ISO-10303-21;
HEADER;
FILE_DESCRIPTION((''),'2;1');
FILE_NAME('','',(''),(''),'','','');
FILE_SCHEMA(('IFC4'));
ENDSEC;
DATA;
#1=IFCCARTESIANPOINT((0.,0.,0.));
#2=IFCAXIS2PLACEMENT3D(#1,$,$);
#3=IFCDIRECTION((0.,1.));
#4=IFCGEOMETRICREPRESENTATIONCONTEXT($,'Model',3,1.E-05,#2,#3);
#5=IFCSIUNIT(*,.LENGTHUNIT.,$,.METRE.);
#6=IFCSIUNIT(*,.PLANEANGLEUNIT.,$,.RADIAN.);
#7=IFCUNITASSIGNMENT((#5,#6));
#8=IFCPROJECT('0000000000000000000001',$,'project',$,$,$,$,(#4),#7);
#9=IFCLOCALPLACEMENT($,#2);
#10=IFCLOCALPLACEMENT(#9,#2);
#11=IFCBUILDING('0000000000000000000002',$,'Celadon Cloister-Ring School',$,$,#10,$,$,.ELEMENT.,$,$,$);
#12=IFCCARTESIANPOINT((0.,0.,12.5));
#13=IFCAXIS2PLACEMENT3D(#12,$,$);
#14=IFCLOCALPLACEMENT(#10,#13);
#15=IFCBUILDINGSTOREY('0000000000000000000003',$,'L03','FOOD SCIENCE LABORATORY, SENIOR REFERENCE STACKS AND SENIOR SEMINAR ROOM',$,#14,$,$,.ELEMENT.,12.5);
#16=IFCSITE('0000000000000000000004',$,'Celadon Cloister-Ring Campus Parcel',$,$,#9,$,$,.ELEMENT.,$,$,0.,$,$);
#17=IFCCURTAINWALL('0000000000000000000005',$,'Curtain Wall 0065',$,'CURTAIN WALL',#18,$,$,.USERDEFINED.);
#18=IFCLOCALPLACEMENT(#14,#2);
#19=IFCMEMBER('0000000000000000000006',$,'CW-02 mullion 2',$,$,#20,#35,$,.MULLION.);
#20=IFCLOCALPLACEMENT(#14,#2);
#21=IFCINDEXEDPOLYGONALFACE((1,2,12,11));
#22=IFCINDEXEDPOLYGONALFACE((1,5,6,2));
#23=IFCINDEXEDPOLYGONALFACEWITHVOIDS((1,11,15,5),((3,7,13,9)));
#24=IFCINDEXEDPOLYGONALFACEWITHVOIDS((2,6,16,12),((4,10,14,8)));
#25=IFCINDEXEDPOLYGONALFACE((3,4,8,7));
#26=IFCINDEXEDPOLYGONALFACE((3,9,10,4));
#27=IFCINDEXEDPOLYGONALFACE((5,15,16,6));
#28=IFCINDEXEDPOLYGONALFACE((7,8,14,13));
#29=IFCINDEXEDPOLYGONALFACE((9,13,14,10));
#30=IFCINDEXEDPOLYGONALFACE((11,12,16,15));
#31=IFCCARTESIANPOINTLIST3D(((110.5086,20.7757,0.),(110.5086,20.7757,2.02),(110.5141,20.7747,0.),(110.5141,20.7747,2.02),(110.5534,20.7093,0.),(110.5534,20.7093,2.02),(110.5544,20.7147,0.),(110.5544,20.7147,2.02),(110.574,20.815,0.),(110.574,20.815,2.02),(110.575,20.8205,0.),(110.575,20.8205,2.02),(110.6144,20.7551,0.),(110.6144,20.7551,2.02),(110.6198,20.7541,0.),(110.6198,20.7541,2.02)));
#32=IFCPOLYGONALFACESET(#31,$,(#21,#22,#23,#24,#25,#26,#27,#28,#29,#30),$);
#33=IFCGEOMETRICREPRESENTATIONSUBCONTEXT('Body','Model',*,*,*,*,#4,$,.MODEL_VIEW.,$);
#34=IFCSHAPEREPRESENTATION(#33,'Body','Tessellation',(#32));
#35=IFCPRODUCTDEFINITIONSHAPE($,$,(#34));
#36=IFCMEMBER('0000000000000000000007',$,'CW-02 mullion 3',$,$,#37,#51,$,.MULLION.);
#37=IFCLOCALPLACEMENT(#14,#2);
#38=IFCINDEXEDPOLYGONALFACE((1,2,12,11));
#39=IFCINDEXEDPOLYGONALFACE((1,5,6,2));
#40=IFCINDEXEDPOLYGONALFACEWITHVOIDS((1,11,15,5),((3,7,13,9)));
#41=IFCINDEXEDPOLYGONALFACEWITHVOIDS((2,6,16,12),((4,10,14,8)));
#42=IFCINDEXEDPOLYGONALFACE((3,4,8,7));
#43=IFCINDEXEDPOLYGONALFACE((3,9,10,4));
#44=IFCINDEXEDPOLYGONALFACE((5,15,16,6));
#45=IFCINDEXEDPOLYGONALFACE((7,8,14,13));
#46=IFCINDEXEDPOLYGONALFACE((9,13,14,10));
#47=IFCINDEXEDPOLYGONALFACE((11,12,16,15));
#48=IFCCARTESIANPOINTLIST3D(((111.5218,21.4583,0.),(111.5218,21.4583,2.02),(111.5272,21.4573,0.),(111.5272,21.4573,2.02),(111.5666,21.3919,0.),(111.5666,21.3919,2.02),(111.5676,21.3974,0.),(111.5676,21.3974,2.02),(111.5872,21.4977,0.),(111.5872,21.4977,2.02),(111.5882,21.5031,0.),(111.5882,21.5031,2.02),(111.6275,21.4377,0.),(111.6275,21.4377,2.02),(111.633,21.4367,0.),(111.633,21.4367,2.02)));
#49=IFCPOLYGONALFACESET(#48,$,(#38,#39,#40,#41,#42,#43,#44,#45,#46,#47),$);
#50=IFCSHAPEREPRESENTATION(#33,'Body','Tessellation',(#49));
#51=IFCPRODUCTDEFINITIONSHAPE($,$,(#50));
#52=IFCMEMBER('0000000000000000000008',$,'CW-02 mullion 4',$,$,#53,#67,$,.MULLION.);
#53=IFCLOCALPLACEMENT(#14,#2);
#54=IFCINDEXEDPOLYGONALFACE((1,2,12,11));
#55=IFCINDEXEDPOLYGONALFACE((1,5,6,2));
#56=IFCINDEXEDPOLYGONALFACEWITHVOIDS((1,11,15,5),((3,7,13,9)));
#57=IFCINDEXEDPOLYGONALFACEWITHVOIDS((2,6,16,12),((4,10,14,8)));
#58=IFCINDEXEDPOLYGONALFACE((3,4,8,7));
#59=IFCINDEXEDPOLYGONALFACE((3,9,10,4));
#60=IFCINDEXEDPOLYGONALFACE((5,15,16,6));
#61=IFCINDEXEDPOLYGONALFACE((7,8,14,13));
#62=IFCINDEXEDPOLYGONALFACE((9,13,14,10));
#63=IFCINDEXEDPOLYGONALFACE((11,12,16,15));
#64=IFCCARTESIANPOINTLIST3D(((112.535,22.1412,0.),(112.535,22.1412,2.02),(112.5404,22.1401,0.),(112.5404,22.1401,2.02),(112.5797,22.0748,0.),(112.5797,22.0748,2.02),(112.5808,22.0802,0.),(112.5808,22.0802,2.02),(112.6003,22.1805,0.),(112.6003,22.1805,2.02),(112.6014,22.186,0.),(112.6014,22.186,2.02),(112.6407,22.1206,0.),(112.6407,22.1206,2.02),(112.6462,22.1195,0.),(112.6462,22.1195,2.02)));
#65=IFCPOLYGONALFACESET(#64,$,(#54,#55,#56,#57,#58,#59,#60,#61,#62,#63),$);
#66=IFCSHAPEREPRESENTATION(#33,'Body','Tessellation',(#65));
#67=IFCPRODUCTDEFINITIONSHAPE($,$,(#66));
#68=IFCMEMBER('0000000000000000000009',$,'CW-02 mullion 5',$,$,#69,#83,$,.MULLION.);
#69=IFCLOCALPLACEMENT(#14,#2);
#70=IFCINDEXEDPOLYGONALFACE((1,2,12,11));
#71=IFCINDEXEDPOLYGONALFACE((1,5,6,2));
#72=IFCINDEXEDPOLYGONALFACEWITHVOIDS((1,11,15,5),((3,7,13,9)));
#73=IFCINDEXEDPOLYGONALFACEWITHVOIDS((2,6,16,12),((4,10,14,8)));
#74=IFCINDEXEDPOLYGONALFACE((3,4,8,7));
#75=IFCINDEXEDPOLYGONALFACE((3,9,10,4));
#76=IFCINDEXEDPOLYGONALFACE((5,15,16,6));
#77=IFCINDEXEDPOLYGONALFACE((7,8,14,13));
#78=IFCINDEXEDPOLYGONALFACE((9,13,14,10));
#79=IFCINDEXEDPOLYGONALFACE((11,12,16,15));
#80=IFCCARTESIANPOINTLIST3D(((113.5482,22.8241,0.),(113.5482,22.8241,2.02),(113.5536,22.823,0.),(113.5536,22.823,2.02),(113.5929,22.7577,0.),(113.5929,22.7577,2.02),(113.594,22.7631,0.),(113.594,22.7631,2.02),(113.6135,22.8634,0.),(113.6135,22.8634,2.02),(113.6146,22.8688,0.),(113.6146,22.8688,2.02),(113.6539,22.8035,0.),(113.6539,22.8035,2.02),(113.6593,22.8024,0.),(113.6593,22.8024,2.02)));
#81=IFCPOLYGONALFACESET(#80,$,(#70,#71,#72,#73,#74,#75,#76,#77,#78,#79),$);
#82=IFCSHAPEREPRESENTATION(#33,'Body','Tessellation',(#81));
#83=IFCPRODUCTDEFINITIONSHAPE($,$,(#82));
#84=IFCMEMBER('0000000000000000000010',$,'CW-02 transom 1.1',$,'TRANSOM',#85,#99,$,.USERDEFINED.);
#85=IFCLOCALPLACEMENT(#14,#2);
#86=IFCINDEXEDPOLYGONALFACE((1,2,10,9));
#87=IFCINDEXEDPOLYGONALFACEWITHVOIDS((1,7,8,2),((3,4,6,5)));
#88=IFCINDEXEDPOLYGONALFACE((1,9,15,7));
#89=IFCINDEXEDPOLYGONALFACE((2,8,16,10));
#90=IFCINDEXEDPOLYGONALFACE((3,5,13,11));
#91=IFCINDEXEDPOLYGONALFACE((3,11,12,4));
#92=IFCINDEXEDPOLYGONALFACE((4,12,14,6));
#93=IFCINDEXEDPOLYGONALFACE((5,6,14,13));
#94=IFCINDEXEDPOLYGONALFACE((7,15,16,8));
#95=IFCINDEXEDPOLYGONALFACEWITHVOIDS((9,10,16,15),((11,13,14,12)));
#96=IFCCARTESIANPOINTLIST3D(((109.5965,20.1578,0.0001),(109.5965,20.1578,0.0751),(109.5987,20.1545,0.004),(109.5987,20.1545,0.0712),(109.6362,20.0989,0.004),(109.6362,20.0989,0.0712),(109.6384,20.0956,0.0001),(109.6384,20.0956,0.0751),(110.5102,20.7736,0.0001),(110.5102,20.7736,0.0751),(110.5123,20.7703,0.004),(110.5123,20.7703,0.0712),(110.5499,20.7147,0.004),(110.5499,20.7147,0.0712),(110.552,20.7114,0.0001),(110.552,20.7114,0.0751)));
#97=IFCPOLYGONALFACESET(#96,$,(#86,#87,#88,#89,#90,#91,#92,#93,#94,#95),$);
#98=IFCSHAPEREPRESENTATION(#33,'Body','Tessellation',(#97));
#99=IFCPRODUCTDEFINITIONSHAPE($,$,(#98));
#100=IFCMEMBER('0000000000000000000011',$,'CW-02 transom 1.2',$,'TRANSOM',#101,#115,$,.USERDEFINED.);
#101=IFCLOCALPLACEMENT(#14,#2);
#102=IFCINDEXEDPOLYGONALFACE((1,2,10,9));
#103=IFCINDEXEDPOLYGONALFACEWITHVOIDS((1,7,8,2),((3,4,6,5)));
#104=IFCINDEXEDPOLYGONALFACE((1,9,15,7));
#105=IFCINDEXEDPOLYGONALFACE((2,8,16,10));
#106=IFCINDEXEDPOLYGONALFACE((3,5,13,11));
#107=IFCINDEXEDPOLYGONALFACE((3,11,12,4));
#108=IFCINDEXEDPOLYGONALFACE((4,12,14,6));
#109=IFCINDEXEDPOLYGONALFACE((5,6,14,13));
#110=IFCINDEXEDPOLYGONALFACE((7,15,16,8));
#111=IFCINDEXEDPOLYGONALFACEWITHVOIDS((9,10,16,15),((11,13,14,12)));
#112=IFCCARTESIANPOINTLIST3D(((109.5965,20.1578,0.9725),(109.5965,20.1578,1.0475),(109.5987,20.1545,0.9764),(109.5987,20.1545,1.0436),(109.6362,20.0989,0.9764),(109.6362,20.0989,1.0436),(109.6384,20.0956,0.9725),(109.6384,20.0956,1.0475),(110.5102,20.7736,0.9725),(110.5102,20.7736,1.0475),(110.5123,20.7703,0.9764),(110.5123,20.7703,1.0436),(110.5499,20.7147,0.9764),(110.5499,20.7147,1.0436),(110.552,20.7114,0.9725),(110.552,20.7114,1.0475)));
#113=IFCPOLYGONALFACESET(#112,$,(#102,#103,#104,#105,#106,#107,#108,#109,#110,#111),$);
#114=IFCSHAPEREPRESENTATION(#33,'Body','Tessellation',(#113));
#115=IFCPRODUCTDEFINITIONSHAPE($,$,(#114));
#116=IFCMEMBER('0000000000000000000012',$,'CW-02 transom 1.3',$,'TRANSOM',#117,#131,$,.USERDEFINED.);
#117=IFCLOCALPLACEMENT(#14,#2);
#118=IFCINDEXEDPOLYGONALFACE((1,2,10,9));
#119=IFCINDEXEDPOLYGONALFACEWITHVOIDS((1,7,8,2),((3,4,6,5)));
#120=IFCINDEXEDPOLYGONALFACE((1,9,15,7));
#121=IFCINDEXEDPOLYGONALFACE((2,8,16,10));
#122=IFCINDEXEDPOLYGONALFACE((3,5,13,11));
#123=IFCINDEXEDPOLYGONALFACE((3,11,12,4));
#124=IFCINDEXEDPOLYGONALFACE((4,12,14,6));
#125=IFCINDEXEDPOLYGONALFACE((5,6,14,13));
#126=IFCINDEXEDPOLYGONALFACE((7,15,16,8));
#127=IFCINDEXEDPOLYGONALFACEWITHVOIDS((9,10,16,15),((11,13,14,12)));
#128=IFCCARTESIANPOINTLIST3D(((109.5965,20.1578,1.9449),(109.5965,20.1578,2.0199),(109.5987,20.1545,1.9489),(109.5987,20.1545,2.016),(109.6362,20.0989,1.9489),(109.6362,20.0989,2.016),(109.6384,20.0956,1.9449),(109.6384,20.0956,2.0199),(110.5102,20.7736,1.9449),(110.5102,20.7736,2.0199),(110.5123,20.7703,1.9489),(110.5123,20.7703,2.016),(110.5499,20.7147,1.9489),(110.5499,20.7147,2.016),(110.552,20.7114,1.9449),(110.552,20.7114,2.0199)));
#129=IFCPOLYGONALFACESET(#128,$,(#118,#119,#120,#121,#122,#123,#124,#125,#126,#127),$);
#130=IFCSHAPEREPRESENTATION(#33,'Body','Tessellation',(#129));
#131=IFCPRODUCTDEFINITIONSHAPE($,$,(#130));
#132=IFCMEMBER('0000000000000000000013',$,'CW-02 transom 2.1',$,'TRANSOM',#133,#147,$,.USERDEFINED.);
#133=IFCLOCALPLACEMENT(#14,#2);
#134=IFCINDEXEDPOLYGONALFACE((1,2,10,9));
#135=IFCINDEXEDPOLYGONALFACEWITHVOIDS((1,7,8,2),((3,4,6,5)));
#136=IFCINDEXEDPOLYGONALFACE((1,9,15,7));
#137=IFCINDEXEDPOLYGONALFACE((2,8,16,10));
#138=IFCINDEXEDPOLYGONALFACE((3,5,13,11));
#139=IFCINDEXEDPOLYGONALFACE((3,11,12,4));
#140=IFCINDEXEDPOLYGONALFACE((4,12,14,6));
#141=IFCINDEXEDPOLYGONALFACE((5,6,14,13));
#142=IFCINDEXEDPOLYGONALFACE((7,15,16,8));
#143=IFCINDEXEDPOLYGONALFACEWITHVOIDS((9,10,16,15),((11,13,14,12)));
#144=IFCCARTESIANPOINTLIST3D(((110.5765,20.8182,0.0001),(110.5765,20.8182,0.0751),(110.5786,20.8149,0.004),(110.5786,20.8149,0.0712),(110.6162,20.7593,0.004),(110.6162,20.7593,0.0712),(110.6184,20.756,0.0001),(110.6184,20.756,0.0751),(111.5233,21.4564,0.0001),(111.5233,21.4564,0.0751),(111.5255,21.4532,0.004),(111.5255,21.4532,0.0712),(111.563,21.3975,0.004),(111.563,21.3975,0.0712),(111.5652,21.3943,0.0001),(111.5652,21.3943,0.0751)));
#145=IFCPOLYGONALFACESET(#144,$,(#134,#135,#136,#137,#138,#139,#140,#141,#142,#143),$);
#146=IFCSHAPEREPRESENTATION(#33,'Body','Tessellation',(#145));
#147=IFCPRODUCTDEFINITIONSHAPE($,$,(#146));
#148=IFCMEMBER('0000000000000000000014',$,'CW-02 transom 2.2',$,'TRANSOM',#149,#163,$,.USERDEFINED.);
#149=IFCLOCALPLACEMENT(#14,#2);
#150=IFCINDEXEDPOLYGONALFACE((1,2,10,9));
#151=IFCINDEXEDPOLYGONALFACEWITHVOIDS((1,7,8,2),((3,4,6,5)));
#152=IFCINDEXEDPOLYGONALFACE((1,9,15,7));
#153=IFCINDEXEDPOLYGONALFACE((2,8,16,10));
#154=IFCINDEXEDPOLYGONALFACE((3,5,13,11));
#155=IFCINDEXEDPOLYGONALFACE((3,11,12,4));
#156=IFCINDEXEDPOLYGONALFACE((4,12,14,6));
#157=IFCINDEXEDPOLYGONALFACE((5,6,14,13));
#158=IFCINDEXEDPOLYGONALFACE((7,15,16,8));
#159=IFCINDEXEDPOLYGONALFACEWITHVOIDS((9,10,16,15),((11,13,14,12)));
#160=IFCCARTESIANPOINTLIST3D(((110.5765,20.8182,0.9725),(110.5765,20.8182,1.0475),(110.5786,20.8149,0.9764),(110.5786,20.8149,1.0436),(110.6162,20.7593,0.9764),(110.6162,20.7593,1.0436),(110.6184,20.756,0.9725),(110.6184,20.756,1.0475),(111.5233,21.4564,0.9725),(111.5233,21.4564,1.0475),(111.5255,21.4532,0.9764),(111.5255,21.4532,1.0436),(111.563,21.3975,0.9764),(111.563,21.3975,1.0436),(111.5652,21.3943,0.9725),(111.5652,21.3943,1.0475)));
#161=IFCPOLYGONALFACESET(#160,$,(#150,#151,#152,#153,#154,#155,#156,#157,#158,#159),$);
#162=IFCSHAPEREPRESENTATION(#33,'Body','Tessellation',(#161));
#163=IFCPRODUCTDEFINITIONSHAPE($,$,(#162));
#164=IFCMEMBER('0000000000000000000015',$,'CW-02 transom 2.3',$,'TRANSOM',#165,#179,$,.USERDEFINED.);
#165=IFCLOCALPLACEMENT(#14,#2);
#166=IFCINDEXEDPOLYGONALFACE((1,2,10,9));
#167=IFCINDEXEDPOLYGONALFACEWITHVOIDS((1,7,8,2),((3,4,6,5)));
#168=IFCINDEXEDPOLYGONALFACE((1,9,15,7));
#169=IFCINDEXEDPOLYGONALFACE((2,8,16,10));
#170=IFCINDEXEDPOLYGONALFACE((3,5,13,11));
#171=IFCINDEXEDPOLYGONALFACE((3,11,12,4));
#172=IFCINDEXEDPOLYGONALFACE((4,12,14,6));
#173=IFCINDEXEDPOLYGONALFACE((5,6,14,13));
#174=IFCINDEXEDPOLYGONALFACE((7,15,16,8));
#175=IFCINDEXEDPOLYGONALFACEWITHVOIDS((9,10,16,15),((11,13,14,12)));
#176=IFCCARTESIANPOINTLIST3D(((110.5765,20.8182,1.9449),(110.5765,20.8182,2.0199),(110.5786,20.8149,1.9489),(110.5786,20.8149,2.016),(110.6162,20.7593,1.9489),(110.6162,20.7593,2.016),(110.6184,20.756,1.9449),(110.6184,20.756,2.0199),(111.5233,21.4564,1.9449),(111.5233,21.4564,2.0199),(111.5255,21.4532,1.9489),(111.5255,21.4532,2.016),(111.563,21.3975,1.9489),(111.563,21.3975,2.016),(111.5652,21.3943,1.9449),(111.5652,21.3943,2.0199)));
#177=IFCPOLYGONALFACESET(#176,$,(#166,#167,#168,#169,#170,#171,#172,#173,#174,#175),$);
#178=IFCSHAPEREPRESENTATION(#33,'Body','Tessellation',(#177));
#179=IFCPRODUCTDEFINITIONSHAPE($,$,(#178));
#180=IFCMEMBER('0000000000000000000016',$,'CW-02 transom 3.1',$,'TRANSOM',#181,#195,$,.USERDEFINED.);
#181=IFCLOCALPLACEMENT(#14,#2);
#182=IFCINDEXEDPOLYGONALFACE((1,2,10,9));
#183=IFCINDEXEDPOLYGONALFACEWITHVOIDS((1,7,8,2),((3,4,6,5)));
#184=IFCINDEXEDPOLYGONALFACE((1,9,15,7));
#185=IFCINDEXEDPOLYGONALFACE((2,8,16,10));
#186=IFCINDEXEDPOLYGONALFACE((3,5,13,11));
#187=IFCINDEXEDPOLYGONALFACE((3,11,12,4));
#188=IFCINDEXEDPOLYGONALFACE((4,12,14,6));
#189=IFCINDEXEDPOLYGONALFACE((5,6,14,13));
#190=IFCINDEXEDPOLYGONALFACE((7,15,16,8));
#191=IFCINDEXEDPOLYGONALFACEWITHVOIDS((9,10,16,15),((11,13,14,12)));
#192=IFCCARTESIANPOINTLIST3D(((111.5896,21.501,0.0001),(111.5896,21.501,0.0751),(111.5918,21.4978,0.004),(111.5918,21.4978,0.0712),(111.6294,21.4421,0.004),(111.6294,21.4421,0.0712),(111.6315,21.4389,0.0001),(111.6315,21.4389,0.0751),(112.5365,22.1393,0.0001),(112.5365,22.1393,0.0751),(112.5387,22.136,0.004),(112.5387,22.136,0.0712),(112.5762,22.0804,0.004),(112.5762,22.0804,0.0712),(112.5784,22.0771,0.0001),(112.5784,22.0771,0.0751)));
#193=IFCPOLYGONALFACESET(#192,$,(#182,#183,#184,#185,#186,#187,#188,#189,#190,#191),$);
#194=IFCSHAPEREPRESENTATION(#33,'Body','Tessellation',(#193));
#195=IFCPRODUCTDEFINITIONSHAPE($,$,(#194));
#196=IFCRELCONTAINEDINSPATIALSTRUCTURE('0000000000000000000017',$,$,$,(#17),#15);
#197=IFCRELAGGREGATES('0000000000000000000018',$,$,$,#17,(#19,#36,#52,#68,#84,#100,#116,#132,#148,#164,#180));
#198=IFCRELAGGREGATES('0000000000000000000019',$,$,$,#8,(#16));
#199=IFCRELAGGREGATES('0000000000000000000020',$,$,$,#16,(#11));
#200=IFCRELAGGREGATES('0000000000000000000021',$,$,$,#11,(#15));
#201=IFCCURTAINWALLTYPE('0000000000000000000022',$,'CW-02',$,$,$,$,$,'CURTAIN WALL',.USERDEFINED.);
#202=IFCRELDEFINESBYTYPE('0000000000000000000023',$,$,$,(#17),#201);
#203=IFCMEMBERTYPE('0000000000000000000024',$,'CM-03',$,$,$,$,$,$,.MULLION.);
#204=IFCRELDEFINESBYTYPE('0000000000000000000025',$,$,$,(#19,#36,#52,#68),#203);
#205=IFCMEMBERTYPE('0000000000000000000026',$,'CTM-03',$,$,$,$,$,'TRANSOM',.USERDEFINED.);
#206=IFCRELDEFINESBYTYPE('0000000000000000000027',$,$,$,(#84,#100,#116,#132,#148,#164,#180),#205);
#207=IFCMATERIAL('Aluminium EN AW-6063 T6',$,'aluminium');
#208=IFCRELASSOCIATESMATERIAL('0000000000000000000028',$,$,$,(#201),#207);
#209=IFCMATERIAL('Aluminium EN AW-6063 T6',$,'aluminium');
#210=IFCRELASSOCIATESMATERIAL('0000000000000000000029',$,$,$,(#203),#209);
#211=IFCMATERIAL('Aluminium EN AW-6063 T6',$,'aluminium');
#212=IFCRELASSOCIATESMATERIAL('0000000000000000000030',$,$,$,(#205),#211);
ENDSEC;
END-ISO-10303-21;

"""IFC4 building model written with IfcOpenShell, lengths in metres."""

from ifc_helpers import new_model, si_unit, direction, frame, origin, origin_2d, place, context, subcontext, project, spatial, hollow_rectangle, extrude, material, material_profile, profile_set, type_object, element, aggregate, save


model = new_model("IFC4")

# Units and contexts
model_context = context("Model", 3, precision=1e-05, world=origin(), true_north=direction((0.0, 1.0)))
body_context = subcontext(model_context, "Body", "Model", "MODEL_VIEW")
ifc_project = project(units=[si_unit("LENGTHUNIT", "METRE"), si_unit("PLANEANGLEUNIT", "RADIAN")], contexts=[model_context])

# Site, building, storey
site_placement = place(None, origin())
site = spatial("IfcSite", under=ifc_project, at=site_placement, Name="Celadon Cloister-Ring Campus Parcel", CompositionType="ELEMENT", RefElevation=0.0)
building_placement = place(site_placement, origin())
building = spatial("IfcBuilding", under=site, at=building_placement, Name="Celadon Cloister-Ring School", CompositionType="ELEMENT")
storey_placement = place(building_placement, frame((0.0, 0.0, 12.5)))
storey = spatial("IfcBuildingStorey", under=building, at=storey_placement, Name="L03", Description="FOOD SCIENCE LABORATORY, SENIOR REFERENCE STACKS AND SENIOR SEMINAR ROOM", CompositionType="ELEMENT", Elevation=12.5)

# Curtain wall, members
ifc_material_1 = material(Name="Aluminium EN AW-6063 T6", Category="aluminium")
curtain_wall_type = type_object("IfcCurtainWallType", Name="CW-02", ElementType="CURTAIN WALL", PredefinedType="USERDEFINED", material=ifc_material_1)
curtain_wall_placement = place(storey_placement, origin())
curtain_wall = element("IfcCurtainWall", 1, at=curtain_wall_placement, inside=storey, type_object=curtain_wall_type, Name="Curtain Wall 0065", ObjectType="CURTAIN WALL", PredefinedType="USERDEFINED")
ifc_material_2 = material(Name="Aluminium EN AW-6063 T6", Category="aluminium")
ifc_material_profile_1 = material_profile(ifc_material_2, hollow_rectangle(XDim=0.0801, YDim=0.0801, WallThickness=0.0039, at=origin_2d()), Name="RHS80X80X4")
ifc_profile_set_1 = profile_set([ifc_material_profile_1], Name="Aluminium EN AW-6063 T6")
member_type_1 = type_object("IfcMemberType", Name="CM-03", PredefinedType="MULLION", material=ifc_profile_set_1)
member_1_placement = place(storey_placement, frame((110.5642, 20.7649, 0.0), z_axis=(0.0, 0.0, 1.0), x_axis=(-0.558849, 0.82927, 0.0)))
member_1 = element("IfcMember", 2, at=member_1_placement, type_object=member_type_1, Name="CW-02 mullion 2", PredefinedType="MULLION", context=body_context, shape_type="SweptSolid", body=[
    extrude(hollow_rectangle(XDim=0.0801, YDim=0.0801, WallThickness=0.0039, at=origin_2d()), origin(), (0.0, 0.0, 1.0), 2.02),
])
member_2_placement = place(storey_placement, frame((111.5774, 21.4475, 0.0), z_axis=(0.0, 0.0, 1.0), x_axis=(-0.558849, 0.82927, 0.0)))
member_2 = element("IfcMember", 3, at=member_2_placement, type_object=member_type_1, Name="CW-02 mullion 3", PredefinedType="MULLION", context=body_context, shape_type="SweptSolid", body=[
    extrude(hollow_rectangle(XDim=0.0801, YDim=0.0801, WallThickness=0.0039, at=origin_2d()), origin(), (0.0, 0.0, 1.0), 2.02),
])
member_3_placement = place(storey_placement, frame((112.5906, 22.1304, 0.0), z_axis=(0.0, 0.0, 1.0), x_axis=(-0.558849, 0.82927, 0.0)))
member_3 = element("IfcMember", 4, at=member_3_placement, type_object=member_type_1, Name="CW-02 mullion 4", PredefinedType="MULLION", context=body_context, shape_type="SweptSolid", body=[
    extrude(hollow_rectangle(XDim=0.0801, YDim=0.0801, WallThickness=0.0039, at=origin_2d()), origin(), (0.0, 0.0, 1.0), 2.02),
])
member_4_placement = place(storey_placement, frame((113.6038, 22.8132, 0.0), z_axis=(0.0, 0.0, 1.0), x_axis=(-0.558849, 0.82927, 0.0)))
member_4 = element("IfcMember", 5, at=member_4_placement, type_object=member_type_1, Name="CW-02 mullion 5", PredefinedType="MULLION", context=body_context, shape_type="SweptSolid", body=[
    extrude(hollow_rectangle(XDim=0.0801, YDim=0.0801, WallThickness=0.0039, at=origin_2d()), origin(), (0.0, 0.0, 1.0), 2.02),
])
ifc_material_3 = material(Name="Aluminium EN AW-6063 T6", Category="aluminium")
ifc_material_profile_2 = material_profile(ifc_material_3, hollow_rectangle(XDim=0.075, YDim=0.075, WallThickness=0.0039, at=origin_2d()), Name="RHS75X75X4")
ifc_profile_set_2 = profile_set([ifc_material_profile_2], Name="Aluminium EN AW-6063 T6")
member_type_2 = type_object("IfcMemberType", Name="CTM-03", ElementType="TRANSOM", PredefinedType="USERDEFINED", material=ifc_profile_set_2)
member_5_placement = place(storey_placement, frame((109.6174, 20.1267, 0.0376), z_axis=(0.829244, 0.558887, 0.0), x_axis=(-0.558887, 0.829244, 0.0)))
member_5 = element("IfcMember", 6, at=member_5_placement, type_object=member_type_2, Name="CW-02 transom 1.1", ObjectType="TRANSOM", PredefinedType="USERDEFINED", context=body_context, shape_type="SweptSolid", body=[
    extrude(hollow_rectangle(XDim=0.075, YDim=0.075, WallThickness=0.0039, at=origin_2d()), origin(), (0.0, 0.0, 1.0), 1.1018),
])
member_6_placement = place(storey_placement, frame((109.6174, 20.1267, 1.01), z_axis=(0.829244, 0.558887, 0.0), x_axis=(-0.558887, 0.829244, 0.0)))
member_6 = element("IfcMember", 7, at=member_6_placement, type_object=member_type_2, Name="CW-02 transom 1.2", ObjectType="TRANSOM", PredefinedType="USERDEFINED", context=body_context, shape_type="SweptSolid", body=[
    extrude(hollow_rectangle(XDim=0.075, YDim=0.075, WallThickness=0.0039, at=origin_2d()), origin(), (0.0, 0.0, 1.0), 1.1018),
])
member_7_placement = place(storey_placement, frame((109.6174, 20.1267, 1.9824), z_axis=(0.829244, 0.558887, 0.0), x_axis=(-0.558887, 0.829244, 0.0)))
member_7 = element("IfcMember", 8, at=member_7_placement, type_object=member_type_2, Name="CW-02 transom 1.3", ObjectType="TRANSOM", PredefinedType="USERDEFINED", context=body_context, shape_type="SweptSolid", body=[
    extrude(hollow_rectangle(XDim=0.075, YDim=0.075, WallThickness=0.0039, at=origin_2d()), origin(), (0.0, 0.0, 1.0), 1.1018),
])
member_8_placement = place(storey_placement, frame((110.5974, 20.7871, 0.0376), z_axis=(0.82921, 0.558937, 0.0), x_axis=(-0.558937, 0.82921, 0.0)))
member_8 = element("IfcMember", 9, at=member_8_placement, type_object=member_type_2, Name="CW-02 transom 2.1", ObjectType="TRANSOM", PredefinedType="USERDEFINED", context=body_context, shape_type="SweptSolid", body=[
    extrude(hollow_rectangle(XDim=0.075, YDim=0.075, WallThickness=0.0039, at=origin_2d()), origin(), (0.0, 0.0, 1.0), 1.1418),
])
member_9_placement = place(storey_placement, frame((110.5974, 20.7871, 1.01), z_axis=(0.82921, 0.558937, 0.0), x_axis=(-0.558937, 0.82921, 0.0)))
member_9 = element("IfcMember", 10, at=member_9_placement, type_object=member_type_2, Name="CW-02 transom 2.2", ObjectType="TRANSOM", PredefinedType="USERDEFINED", context=body_context, shape_type="SweptSolid", body=[
    extrude(hollow_rectangle(XDim=0.075, YDim=0.075, WallThickness=0.0039, at=origin_2d()), origin(), (0.0, 0.0, 1.0), 1.1418),
])
member_10_placement = place(storey_placement, frame((110.5974, 20.7871, 1.9824), z_axis=(0.82921, 0.558937, 0.0), x_axis=(-0.558937, 0.82921, 0.0)))
member_10 = element("IfcMember", 11, at=member_10_placement, type_object=member_type_2, Name="CW-02 transom 2.3", ObjectType="TRANSOM", PredefinedType="USERDEFINED", context=body_context, shape_type="SweptSolid", body=[
    extrude(hollow_rectangle(XDim=0.075, YDim=0.075, WallThickness=0.0039, at=origin_2d()), origin(), (0.0, 0.0, 1.0), 1.1418),
])
member_11_placement = place(storey_placement, frame((111.6106, 21.47, 0.0376), z_axis=(0.82921, 0.558937, 0.0), x_axis=(-0.558937, 0.82921, 0.0)))
member_11 = element("IfcMember", 12, at=member_11_placement, type_object=member_type_2, Name="CW-02 transom 3.1", ObjectType="TRANSOM", PredefinedType="USERDEFINED", context=body_context, shape_type="SweptSolid", body=[
    extrude(hollow_rectangle(XDim=0.075, YDim=0.075, WallThickness=0.0039, at=origin_2d()), origin(), (0.0, 0.0, 1.0), 1.1418),
])
aggregate(curtain_wall, [member_1, member_2, member_3, member_4, member_5, member_6, member_7, member_8, member_9, member_10, member_11])

save(model, "model.ifc")
